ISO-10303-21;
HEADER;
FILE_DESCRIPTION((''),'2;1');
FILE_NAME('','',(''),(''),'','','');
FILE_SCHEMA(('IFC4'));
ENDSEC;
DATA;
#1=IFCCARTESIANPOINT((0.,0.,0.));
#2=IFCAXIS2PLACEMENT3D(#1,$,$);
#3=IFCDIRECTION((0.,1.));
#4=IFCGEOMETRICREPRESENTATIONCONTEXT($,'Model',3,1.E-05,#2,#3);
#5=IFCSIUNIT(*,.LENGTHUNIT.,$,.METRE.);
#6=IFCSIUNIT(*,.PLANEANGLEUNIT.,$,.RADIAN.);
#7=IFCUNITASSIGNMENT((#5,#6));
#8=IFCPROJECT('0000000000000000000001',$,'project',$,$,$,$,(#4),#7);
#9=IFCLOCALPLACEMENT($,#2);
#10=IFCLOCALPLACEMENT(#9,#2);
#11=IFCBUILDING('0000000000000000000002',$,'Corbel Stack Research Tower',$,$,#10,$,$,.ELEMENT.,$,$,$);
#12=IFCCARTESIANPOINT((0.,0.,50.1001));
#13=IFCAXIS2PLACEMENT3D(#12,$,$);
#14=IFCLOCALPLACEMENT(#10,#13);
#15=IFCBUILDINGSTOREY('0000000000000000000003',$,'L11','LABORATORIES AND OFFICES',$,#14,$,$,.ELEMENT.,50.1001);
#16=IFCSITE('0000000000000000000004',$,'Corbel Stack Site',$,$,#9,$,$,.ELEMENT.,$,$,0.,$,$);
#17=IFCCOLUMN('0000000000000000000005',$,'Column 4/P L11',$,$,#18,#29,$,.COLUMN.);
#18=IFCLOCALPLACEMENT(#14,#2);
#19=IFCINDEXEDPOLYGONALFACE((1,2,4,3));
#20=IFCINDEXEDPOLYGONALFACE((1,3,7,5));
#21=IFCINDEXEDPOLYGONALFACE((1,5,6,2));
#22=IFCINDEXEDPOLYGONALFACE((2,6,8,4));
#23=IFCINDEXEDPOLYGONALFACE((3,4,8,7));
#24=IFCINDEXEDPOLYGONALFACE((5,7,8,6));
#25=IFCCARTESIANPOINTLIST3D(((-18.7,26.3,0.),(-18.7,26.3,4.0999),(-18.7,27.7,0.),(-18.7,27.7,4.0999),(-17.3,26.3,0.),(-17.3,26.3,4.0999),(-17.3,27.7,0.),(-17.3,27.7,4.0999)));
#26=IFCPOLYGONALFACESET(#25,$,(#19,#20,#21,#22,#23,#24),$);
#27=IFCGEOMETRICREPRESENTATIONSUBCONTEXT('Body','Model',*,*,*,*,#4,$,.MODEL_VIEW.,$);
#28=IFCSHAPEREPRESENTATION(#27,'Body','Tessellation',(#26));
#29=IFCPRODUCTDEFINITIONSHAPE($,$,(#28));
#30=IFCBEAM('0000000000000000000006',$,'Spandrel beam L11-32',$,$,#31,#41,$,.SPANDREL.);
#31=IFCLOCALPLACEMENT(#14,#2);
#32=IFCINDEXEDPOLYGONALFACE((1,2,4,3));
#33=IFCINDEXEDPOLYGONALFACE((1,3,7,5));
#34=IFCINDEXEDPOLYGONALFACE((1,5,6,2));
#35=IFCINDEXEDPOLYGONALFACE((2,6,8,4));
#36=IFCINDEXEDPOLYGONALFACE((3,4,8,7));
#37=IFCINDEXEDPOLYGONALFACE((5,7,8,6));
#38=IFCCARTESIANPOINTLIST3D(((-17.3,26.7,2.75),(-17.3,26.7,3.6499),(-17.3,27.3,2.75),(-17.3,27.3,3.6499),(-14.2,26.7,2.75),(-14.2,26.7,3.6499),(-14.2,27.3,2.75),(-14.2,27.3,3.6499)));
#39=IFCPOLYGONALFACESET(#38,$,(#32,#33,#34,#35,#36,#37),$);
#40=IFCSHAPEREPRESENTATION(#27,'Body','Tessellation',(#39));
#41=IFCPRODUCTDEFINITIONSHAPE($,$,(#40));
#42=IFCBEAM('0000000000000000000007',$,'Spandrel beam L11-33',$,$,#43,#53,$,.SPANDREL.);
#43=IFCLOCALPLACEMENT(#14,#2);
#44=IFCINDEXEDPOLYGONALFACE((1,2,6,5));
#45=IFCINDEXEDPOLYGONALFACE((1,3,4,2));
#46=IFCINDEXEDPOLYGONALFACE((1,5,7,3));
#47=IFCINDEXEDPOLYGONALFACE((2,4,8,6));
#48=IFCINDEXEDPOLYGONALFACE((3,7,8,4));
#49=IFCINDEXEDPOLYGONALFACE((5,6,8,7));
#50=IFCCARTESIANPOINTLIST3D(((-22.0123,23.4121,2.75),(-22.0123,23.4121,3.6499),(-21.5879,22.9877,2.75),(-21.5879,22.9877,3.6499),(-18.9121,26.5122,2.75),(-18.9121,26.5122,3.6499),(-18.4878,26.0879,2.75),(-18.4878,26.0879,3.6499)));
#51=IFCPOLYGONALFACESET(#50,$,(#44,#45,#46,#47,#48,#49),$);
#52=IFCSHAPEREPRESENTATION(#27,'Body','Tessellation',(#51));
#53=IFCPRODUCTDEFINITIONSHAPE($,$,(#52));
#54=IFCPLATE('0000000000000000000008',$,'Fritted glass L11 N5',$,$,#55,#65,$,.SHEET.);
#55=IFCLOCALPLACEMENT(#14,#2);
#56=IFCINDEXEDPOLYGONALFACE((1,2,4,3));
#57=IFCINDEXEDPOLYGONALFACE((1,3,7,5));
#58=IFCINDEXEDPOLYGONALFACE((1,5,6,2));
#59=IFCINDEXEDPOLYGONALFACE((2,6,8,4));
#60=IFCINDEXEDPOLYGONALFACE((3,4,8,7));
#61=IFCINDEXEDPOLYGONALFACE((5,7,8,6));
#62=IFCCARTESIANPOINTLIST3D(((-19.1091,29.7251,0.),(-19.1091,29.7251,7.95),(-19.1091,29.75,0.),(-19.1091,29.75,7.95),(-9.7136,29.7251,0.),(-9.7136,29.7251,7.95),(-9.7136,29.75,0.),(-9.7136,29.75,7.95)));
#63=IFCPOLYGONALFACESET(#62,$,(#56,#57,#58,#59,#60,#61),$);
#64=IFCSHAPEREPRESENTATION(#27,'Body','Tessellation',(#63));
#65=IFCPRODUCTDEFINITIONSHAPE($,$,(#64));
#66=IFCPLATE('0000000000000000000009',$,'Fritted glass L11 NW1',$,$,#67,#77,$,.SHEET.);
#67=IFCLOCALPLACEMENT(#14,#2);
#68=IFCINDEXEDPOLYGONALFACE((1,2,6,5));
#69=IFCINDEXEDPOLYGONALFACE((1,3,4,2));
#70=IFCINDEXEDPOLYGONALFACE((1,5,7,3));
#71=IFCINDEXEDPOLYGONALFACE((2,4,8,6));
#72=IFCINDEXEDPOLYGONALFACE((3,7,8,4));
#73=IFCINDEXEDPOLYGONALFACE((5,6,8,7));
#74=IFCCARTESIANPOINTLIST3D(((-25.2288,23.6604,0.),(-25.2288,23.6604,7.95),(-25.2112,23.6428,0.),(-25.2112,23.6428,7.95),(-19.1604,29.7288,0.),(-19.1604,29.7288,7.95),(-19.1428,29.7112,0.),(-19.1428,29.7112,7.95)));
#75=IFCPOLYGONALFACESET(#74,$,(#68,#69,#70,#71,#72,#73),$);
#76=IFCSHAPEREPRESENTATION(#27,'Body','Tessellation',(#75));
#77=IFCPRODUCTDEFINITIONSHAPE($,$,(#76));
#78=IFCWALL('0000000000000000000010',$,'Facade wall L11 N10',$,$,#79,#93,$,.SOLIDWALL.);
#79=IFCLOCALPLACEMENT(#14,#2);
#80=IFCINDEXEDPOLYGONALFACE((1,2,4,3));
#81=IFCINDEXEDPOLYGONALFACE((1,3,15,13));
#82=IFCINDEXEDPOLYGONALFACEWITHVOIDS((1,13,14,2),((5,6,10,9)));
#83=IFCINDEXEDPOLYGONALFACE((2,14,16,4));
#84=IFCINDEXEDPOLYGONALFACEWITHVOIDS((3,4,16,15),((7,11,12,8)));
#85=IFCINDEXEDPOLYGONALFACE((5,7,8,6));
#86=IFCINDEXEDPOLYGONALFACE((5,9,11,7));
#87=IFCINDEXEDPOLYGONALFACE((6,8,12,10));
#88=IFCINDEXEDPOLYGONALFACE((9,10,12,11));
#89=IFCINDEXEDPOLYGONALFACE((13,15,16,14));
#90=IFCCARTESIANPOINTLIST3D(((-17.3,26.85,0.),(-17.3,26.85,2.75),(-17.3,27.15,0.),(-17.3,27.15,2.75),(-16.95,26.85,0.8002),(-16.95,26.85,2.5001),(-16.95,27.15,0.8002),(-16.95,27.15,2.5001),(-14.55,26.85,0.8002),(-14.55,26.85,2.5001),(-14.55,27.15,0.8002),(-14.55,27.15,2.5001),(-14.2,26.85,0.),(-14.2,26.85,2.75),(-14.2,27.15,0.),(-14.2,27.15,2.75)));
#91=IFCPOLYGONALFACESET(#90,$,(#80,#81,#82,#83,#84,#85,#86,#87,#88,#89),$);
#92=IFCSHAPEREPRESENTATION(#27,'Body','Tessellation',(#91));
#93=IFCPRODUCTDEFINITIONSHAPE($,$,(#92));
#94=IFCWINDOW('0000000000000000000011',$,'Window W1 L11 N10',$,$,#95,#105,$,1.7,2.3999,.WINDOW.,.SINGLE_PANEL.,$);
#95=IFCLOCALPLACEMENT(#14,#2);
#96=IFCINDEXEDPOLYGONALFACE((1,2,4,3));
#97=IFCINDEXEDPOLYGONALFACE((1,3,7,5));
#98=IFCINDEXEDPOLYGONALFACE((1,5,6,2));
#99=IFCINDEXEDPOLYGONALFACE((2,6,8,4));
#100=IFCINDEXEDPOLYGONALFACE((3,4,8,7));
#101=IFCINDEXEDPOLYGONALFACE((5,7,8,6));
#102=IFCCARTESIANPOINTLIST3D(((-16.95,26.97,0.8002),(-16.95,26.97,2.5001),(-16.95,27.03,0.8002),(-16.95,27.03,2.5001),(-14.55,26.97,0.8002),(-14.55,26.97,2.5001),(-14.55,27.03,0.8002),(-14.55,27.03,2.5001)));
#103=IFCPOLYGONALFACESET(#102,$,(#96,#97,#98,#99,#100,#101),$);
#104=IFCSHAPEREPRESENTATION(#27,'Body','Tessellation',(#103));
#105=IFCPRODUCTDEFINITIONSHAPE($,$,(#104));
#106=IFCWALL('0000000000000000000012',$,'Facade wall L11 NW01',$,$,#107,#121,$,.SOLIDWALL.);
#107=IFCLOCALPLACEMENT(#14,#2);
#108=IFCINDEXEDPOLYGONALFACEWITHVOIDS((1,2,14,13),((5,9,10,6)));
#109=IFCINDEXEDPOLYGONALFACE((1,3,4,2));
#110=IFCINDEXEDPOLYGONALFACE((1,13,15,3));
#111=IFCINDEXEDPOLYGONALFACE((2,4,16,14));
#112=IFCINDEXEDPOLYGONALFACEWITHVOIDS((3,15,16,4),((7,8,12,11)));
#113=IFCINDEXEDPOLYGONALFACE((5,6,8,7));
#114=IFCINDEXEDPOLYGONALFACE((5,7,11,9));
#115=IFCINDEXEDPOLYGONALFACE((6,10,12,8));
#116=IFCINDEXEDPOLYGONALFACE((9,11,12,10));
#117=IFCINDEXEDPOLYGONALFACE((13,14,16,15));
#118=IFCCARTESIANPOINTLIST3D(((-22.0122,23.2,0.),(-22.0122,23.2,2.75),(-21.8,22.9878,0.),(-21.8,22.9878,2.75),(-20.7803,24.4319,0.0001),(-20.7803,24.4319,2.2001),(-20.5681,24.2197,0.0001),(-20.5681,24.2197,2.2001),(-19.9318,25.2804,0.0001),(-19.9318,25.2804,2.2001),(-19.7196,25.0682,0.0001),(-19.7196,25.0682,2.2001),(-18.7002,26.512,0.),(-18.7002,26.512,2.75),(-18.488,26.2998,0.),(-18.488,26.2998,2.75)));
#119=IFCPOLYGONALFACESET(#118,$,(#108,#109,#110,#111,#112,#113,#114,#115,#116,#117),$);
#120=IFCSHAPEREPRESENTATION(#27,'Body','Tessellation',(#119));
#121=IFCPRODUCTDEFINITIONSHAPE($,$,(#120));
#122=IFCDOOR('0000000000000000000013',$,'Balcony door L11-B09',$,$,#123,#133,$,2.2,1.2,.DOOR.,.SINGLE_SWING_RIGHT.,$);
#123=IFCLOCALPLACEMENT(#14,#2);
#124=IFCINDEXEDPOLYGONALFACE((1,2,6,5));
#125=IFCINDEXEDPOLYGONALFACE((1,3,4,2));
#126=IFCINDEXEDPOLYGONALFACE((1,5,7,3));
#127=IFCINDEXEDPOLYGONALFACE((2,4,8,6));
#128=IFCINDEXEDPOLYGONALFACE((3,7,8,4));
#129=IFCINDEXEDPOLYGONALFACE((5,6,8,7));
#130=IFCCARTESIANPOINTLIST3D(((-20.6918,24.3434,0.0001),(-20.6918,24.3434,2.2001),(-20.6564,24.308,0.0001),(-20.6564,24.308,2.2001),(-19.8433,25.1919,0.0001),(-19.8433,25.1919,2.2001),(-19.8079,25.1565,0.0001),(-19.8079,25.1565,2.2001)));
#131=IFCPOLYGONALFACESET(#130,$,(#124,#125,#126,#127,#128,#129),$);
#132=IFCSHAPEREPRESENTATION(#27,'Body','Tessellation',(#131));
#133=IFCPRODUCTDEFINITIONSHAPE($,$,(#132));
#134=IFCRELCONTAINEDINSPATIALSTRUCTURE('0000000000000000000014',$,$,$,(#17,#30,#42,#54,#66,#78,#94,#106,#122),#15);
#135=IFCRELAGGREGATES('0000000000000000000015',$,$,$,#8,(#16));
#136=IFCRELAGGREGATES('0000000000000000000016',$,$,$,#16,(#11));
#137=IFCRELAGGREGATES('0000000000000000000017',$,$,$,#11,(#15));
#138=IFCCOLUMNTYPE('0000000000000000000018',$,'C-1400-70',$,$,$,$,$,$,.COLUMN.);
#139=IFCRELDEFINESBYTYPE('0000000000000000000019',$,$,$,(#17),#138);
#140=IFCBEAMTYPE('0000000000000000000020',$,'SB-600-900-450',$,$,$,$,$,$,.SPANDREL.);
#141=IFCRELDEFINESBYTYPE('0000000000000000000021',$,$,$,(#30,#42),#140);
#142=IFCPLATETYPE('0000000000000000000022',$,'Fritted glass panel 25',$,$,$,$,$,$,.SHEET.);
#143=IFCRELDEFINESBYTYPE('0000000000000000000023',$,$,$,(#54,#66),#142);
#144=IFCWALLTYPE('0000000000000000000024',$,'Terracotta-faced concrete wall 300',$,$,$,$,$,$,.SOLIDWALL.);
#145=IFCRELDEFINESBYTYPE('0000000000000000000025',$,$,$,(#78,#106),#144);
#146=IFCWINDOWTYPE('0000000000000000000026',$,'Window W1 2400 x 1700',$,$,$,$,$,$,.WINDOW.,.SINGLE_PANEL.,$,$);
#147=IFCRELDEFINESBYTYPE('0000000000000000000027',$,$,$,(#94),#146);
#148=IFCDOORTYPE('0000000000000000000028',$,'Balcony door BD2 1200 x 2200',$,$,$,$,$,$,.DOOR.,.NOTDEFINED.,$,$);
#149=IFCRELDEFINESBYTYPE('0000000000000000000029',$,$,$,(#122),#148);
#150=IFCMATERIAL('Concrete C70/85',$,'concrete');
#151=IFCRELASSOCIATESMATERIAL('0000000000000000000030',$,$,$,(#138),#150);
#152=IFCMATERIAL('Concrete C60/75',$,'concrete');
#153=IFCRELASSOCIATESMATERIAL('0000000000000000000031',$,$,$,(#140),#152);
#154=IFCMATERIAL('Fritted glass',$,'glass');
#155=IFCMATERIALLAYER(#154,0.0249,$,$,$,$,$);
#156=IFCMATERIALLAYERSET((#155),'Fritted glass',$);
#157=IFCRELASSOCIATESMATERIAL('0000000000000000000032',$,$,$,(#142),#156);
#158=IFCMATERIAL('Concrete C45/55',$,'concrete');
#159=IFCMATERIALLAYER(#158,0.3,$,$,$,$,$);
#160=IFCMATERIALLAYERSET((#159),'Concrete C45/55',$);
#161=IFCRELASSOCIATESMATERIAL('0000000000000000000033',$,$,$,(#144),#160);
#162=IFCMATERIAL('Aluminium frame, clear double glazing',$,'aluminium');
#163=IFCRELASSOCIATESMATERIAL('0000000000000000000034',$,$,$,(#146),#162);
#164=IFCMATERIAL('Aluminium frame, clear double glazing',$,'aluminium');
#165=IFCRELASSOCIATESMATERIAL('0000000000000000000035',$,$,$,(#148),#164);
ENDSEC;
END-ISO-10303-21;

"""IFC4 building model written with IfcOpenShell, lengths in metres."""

from ifc_helpers import new_model, si_unit, direction, frame, frame_2d, origin, origin_2d, place, context, subcontext, project, spatial, rectangle, extrude, material, layer, layer_set, material_profile, profile_set, type_object, element, fill, save


model = new_model("IFC4")

# Units and contexts
model_context = context("Model", 3, precision=1e-05, world=origin(), true_north=direction((0.0, 1.0)))
body_context = subcontext(model_context, "Body", "Model", "MODEL_VIEW")
ifc_project = project(units=[si_unit("LENGTHUNIT", "METRE"), si_unit("PLANEANGLEUNIT", "RADIAN")], contexts=[model_context])

# Site, building, storey
site_placement = place(None, origin())
site = spatial("IfcSite", under=ifc_project, at=site_placement, Name="Corbel Stack Site", CompositionType="ELEMENT", RefElevation=0.0)
building_placement = place(site_placement, origin())
building = spatial("IfcBuilding", under=site, at=building_placement, Name="Corbel Stack Research Tower", CompositionType="ELEMENT")
storey_placement = place(building_placement, frame((0.0, 0.0, 50.1001)))
storey = spatial("IfcBuildingStorey", under=building, at=storey_placement, Name="L11", Description="LABORATORIES AND OFFICES", CompositionType="ELEMENT", Elevation=50.1001)

# Column
ifc_material_1 = material(Name="Concrete C70/85", Category="concrete")
ifc_material_profile_1 = material_profile(ifc_material_1, rectangle(XDim=1.3999, YDim=1.3999, at=origin_2d()), Name="RC 1400 x 1400")
ifc_profile_set_1 = profile_set([ifc_material_profile_1], Name="Concrete C70/85")
column_type = type_object("IfcColumnType", Name="C-1400-70", PredefinedType="COLUMN", material=ifc_profile_set_1)
column_placement = place(storey_placement, frame((-18.0, 27.0, 0.0), z_axis=(0.0, 0.0, 1.0), x_axis=(1.0, 0.0, 0.0)))
element("IfcColumn", 1, at=column_placement, inside=storey, type_object=column_type, Name="Column 4/P L11", PredefinedType="COLUMN", context=body_context, shape_type="SweptSolid", body=[
    extrude(rectangle(XDim=1.3999, YDim=1.3999, at=origin_2d()), origin(), (0.0, 0.0, 1.0), 4.0999),
])

# Beams
ifc_material_2 = material(Name="Concrete C60/75", Category="concrete")
ifc_material_profile_2 = material_profile(ifc_material_2, rectangle(XDim=0.6001, YDim=0.8999, at=origin_2d()), Name="RC 600 x 900")
ifc_profile_set_2 = profile_set([ifc_material_profile_2], Name="Concrete C60/75")
beam_type = type_object("IfcBeamType", Name="SB-600-900-450", PredefinedType="SPANDREL", material=ifc_profile_set_2)
beam_1_placement = place(storey_placement, frame((-14.2, 27.0, 3.2), z_axis=(-1.0, 0.0, 0.0), x_axis=(0.0, -1.0, 0.0)))
element("IfcBeam", 2, at=beam_1_placement, inside=storey, type_object=beam_type, Name="Spandrel beam L11-32", PredefinedType="SPANDREL", context=body_context, shape_type="SweptSolid", body=[
    extrude(rectangle(XDim=0.6001, YDim=0.8999, at=origin_2d()), origin(), (0.0, 0.0, 1.0), 3.1001),
])
beam_2_placement = place(storey_placement, frame((-18.7, 26.3, 3.2), z_axis=(-0.707107, -0.707107, 0.0), x_axis=(0.707107, -0.707107, 0.0)))
element("IfcBeam", 3, at=beam_2_placement, inside=storey, type_object=beam_type, Name="Spandrel beam L11-33", PredefinedType="SPANDREL", context=body_context, shape_type="SweptSolid", body=[
    extrude(rectangle(XDim=0.6001, YDim=0.8999, at=origin_2d()), origin(), (0.0, 0.0, 1.0), 4.3843),
])

# Plates
ifc_material_3 = material(Name="Fritted glass", Category="glass")
ifc_layer_1 = layer(ifc_material_3, 0.0249)
ifc_layer_set_1 = layer_set([ifc_layer_1], Name="Fritted glass")
plate_type = type_object("IfcPlateType", Name="Fritted glass panel 25", PredefinedType="SHEET", material=ifc_layer_set_1)
plate_1_placement = place(storey_placement, frame((-14.4114, 29.7375, 0.0), z_axis=(0.0, 0.0, 1.0), x_axis=(-1.0, 0.0, 0.0)))
element("IfcPlate", 4, at=plate_1_placement, inside=storey, type_object=plate_type, Name="Fritted glass L11 N5", PredefinedType="SHEET", context=body_context, shape_type="SweptSolid", body=[
    extrude(rectangle(XDim=9.3955, YDim=0.0249, at=origin_2d()), origin(), (0.0, 0.0, 1.0), 7.95),
])
plate_2_placement = place(storey_placement, frame((-22.1858, 26.6858, 0.0), z_axis=(0.0, 0.0, 1.0), x_axis=(-0.707107, -0.707107, 0.0)))
element("IfcPlate", 5, at=plate_2_placement, inside=storey, type_object=plate_type, Name="Fritted glass L11 NW1", PredefinedType="SHEET", context=body_context, shape_type="SweptSolid", body=[
    extrude(rectangle(XDim=8.582, YDim=0.0249, at=origin_2d()), origin(), (0.0, 0.0, 1.0), 7.95),
])

# Wall, opening, window
ifc_material_4 = material(Name="Concrete C45/55", Category="concrete")
ifc_layer_2 = layer(ifc_material_4, 0.3)
ifc_layer_set_2 = layer_set([ifc_layer_2], Name="Concrete C45/55")
wall_type = type_object("IfcWallType", Name="Terracotta-faced concrete wall 300", PredefinedType="SOLIDWALL", material=ifc_layer_set_2)
wall_1_placement = place(storey_placement, frame((-17.3, 27.0, 0.0), z_axis=(0.0, 0.0, 1.0), x_axis=(1.0, 0.0, 0.0)))
wall_1 = element("IfcWall", 6, at=wall_1_placement, inside=storey, type_object=wall_type, Name="Facade wall L11 N10", PredefinedType="SOLIDWALL", context=body_context, shape_type="SweptSolid", body=[
    extrude(rectangle(XDim=3.1001, YDim=0.3, at=frame_2d((1.55, 0.0))), origin(), (0.0, 0.0, 1.0), 2.75),
])
opening_1_placement = place(wall_1_placement, frame((0.3501, 0.0, 0.8)))
opening_1 = element("IfcOpeningElement", 7, at=opening_1_placement, cuts=wall_1, PredefinedType="OPENING", context=body_context, shape_type="SweptSolid", body=[
    extrude(rectangle(XDim=2.3999, YDim=1.7, at=frame_2d((1.2, 0.8501))), frame((0.0, 0.1599, 0.0), z_axis=(0.0, -1.0, 0.0), x_axis=(1.0, 0.0, 0.0)), (0.0, 0.0, 1.0), 0.3201),
])
ifc_material_5 = material(Name="Aluminium frame, clear double glazing", Category="aluminium")
window_type = type_object("IfcWindowType", Name="Window W1 2400 x 1700", PartitioningType="SINGLE_PANEL", PredefinedType="WINDOW", material=ifc_material_5)
window_placement = place(opening_1_placement, origin())
window = element("IfcWindow", 8, at=window_placement, inside=storey, type_object=window_type, Name="Window W1 L11 N10", OverallHeight=1.7, OverallWidth=2.3999, PartitioningType="SINGLE_PANEL", PredefinedType="WINDOW", context=body_context, shape_type="SweptSolid", body=[
    extrude(rectangle(XDim=2.3999, YDim=1.7, at=frame_2d((1.2, 0.8501))), frame((0.0, 0.03, 0.0), z_axis=(0.0, -1.0, 0.0), x_axis=(1.0, 0.0, 0.0)), (0.0, 0.0, 1.0), 0.0601),
])
fill(opening_1, window)

# Wall, opening, door
wall_2_placement = place(storey_placement, frame((-21.906, 23.094, 0.0), z_axis=(0.0, 0.0, 1.0), x_axis=(0.707107, 0.707107, 0.0)))
wall_2 = element("IfcWall", 9, at=wall_2_placement, inside=storey, type_object=wall_type, Name="Facade wall L11 NW01", PredefinedType="SOLIDWALL", context=body_context, shape_type="SweptSolid", body=[
    extrude(rectangle(XDim=4.6838, YDim=0.3, at=frame_2d((2.3418, 0.0))), origin(), (0.0, 0.0, 1.0), 2.75),
])
opening_2_placement = place(wall_2_placement, frame((1.7419, 0.0, 0.0)))
opening_2 = element("IfcOpeningElement", 10, at=opening_2_placement, cuts=wall_2, PredefinedType="OPENING", context=body_context, shape_type="SweptSolid", body=[
    extrude(rectangle(XDim=1.2, YDim=2.2, at=frame_2d((0.6001, 1.1001))), frame((0.0, 0.1599, 0.0), z_axis=(0.0, -1.0, 0.0), x_axis=(1.0, 0.0, 0.0)), (0.0, 0.0, 1.0), 0.3201),
])
ifc_material_6 = material(Name="Aluminium frame, clear double glazing", Category="aluminium")
door_type = type_object("IfcDoorType", Name="Balcony door BD2 1200 x 2200", OperationType="NOTDEFINED", PredefinedType="DOOR", material=ifc_material_6)
door_placement = place(opening_2_placement, origin())
door = element("IfcDoor", 11, at=door_placement, inside=storey, type_object=door_type, Name="Balcony door L11-B09", OperationType="SINGLE_SWING_RIGHT", OverallHeight=2.2, OverallWidth=1.2, PredefinedType="DOOR", context=body_context, shape_type="SweptSolid", body=[
    extrude(rectangle(XDim=1.2, YDim=2.2, at=frame_2d((0.6001, 1.1001))), frame((0.0, 0.0249, 0.0), z_axis=(0.0, -1.0, 0.0), x_axis=(1.0, 0.0, 0.0)), (0.0, 0.0, 1.0), 0.05),
])
fill(opening_2, door)

save(model, "model.ifc")
